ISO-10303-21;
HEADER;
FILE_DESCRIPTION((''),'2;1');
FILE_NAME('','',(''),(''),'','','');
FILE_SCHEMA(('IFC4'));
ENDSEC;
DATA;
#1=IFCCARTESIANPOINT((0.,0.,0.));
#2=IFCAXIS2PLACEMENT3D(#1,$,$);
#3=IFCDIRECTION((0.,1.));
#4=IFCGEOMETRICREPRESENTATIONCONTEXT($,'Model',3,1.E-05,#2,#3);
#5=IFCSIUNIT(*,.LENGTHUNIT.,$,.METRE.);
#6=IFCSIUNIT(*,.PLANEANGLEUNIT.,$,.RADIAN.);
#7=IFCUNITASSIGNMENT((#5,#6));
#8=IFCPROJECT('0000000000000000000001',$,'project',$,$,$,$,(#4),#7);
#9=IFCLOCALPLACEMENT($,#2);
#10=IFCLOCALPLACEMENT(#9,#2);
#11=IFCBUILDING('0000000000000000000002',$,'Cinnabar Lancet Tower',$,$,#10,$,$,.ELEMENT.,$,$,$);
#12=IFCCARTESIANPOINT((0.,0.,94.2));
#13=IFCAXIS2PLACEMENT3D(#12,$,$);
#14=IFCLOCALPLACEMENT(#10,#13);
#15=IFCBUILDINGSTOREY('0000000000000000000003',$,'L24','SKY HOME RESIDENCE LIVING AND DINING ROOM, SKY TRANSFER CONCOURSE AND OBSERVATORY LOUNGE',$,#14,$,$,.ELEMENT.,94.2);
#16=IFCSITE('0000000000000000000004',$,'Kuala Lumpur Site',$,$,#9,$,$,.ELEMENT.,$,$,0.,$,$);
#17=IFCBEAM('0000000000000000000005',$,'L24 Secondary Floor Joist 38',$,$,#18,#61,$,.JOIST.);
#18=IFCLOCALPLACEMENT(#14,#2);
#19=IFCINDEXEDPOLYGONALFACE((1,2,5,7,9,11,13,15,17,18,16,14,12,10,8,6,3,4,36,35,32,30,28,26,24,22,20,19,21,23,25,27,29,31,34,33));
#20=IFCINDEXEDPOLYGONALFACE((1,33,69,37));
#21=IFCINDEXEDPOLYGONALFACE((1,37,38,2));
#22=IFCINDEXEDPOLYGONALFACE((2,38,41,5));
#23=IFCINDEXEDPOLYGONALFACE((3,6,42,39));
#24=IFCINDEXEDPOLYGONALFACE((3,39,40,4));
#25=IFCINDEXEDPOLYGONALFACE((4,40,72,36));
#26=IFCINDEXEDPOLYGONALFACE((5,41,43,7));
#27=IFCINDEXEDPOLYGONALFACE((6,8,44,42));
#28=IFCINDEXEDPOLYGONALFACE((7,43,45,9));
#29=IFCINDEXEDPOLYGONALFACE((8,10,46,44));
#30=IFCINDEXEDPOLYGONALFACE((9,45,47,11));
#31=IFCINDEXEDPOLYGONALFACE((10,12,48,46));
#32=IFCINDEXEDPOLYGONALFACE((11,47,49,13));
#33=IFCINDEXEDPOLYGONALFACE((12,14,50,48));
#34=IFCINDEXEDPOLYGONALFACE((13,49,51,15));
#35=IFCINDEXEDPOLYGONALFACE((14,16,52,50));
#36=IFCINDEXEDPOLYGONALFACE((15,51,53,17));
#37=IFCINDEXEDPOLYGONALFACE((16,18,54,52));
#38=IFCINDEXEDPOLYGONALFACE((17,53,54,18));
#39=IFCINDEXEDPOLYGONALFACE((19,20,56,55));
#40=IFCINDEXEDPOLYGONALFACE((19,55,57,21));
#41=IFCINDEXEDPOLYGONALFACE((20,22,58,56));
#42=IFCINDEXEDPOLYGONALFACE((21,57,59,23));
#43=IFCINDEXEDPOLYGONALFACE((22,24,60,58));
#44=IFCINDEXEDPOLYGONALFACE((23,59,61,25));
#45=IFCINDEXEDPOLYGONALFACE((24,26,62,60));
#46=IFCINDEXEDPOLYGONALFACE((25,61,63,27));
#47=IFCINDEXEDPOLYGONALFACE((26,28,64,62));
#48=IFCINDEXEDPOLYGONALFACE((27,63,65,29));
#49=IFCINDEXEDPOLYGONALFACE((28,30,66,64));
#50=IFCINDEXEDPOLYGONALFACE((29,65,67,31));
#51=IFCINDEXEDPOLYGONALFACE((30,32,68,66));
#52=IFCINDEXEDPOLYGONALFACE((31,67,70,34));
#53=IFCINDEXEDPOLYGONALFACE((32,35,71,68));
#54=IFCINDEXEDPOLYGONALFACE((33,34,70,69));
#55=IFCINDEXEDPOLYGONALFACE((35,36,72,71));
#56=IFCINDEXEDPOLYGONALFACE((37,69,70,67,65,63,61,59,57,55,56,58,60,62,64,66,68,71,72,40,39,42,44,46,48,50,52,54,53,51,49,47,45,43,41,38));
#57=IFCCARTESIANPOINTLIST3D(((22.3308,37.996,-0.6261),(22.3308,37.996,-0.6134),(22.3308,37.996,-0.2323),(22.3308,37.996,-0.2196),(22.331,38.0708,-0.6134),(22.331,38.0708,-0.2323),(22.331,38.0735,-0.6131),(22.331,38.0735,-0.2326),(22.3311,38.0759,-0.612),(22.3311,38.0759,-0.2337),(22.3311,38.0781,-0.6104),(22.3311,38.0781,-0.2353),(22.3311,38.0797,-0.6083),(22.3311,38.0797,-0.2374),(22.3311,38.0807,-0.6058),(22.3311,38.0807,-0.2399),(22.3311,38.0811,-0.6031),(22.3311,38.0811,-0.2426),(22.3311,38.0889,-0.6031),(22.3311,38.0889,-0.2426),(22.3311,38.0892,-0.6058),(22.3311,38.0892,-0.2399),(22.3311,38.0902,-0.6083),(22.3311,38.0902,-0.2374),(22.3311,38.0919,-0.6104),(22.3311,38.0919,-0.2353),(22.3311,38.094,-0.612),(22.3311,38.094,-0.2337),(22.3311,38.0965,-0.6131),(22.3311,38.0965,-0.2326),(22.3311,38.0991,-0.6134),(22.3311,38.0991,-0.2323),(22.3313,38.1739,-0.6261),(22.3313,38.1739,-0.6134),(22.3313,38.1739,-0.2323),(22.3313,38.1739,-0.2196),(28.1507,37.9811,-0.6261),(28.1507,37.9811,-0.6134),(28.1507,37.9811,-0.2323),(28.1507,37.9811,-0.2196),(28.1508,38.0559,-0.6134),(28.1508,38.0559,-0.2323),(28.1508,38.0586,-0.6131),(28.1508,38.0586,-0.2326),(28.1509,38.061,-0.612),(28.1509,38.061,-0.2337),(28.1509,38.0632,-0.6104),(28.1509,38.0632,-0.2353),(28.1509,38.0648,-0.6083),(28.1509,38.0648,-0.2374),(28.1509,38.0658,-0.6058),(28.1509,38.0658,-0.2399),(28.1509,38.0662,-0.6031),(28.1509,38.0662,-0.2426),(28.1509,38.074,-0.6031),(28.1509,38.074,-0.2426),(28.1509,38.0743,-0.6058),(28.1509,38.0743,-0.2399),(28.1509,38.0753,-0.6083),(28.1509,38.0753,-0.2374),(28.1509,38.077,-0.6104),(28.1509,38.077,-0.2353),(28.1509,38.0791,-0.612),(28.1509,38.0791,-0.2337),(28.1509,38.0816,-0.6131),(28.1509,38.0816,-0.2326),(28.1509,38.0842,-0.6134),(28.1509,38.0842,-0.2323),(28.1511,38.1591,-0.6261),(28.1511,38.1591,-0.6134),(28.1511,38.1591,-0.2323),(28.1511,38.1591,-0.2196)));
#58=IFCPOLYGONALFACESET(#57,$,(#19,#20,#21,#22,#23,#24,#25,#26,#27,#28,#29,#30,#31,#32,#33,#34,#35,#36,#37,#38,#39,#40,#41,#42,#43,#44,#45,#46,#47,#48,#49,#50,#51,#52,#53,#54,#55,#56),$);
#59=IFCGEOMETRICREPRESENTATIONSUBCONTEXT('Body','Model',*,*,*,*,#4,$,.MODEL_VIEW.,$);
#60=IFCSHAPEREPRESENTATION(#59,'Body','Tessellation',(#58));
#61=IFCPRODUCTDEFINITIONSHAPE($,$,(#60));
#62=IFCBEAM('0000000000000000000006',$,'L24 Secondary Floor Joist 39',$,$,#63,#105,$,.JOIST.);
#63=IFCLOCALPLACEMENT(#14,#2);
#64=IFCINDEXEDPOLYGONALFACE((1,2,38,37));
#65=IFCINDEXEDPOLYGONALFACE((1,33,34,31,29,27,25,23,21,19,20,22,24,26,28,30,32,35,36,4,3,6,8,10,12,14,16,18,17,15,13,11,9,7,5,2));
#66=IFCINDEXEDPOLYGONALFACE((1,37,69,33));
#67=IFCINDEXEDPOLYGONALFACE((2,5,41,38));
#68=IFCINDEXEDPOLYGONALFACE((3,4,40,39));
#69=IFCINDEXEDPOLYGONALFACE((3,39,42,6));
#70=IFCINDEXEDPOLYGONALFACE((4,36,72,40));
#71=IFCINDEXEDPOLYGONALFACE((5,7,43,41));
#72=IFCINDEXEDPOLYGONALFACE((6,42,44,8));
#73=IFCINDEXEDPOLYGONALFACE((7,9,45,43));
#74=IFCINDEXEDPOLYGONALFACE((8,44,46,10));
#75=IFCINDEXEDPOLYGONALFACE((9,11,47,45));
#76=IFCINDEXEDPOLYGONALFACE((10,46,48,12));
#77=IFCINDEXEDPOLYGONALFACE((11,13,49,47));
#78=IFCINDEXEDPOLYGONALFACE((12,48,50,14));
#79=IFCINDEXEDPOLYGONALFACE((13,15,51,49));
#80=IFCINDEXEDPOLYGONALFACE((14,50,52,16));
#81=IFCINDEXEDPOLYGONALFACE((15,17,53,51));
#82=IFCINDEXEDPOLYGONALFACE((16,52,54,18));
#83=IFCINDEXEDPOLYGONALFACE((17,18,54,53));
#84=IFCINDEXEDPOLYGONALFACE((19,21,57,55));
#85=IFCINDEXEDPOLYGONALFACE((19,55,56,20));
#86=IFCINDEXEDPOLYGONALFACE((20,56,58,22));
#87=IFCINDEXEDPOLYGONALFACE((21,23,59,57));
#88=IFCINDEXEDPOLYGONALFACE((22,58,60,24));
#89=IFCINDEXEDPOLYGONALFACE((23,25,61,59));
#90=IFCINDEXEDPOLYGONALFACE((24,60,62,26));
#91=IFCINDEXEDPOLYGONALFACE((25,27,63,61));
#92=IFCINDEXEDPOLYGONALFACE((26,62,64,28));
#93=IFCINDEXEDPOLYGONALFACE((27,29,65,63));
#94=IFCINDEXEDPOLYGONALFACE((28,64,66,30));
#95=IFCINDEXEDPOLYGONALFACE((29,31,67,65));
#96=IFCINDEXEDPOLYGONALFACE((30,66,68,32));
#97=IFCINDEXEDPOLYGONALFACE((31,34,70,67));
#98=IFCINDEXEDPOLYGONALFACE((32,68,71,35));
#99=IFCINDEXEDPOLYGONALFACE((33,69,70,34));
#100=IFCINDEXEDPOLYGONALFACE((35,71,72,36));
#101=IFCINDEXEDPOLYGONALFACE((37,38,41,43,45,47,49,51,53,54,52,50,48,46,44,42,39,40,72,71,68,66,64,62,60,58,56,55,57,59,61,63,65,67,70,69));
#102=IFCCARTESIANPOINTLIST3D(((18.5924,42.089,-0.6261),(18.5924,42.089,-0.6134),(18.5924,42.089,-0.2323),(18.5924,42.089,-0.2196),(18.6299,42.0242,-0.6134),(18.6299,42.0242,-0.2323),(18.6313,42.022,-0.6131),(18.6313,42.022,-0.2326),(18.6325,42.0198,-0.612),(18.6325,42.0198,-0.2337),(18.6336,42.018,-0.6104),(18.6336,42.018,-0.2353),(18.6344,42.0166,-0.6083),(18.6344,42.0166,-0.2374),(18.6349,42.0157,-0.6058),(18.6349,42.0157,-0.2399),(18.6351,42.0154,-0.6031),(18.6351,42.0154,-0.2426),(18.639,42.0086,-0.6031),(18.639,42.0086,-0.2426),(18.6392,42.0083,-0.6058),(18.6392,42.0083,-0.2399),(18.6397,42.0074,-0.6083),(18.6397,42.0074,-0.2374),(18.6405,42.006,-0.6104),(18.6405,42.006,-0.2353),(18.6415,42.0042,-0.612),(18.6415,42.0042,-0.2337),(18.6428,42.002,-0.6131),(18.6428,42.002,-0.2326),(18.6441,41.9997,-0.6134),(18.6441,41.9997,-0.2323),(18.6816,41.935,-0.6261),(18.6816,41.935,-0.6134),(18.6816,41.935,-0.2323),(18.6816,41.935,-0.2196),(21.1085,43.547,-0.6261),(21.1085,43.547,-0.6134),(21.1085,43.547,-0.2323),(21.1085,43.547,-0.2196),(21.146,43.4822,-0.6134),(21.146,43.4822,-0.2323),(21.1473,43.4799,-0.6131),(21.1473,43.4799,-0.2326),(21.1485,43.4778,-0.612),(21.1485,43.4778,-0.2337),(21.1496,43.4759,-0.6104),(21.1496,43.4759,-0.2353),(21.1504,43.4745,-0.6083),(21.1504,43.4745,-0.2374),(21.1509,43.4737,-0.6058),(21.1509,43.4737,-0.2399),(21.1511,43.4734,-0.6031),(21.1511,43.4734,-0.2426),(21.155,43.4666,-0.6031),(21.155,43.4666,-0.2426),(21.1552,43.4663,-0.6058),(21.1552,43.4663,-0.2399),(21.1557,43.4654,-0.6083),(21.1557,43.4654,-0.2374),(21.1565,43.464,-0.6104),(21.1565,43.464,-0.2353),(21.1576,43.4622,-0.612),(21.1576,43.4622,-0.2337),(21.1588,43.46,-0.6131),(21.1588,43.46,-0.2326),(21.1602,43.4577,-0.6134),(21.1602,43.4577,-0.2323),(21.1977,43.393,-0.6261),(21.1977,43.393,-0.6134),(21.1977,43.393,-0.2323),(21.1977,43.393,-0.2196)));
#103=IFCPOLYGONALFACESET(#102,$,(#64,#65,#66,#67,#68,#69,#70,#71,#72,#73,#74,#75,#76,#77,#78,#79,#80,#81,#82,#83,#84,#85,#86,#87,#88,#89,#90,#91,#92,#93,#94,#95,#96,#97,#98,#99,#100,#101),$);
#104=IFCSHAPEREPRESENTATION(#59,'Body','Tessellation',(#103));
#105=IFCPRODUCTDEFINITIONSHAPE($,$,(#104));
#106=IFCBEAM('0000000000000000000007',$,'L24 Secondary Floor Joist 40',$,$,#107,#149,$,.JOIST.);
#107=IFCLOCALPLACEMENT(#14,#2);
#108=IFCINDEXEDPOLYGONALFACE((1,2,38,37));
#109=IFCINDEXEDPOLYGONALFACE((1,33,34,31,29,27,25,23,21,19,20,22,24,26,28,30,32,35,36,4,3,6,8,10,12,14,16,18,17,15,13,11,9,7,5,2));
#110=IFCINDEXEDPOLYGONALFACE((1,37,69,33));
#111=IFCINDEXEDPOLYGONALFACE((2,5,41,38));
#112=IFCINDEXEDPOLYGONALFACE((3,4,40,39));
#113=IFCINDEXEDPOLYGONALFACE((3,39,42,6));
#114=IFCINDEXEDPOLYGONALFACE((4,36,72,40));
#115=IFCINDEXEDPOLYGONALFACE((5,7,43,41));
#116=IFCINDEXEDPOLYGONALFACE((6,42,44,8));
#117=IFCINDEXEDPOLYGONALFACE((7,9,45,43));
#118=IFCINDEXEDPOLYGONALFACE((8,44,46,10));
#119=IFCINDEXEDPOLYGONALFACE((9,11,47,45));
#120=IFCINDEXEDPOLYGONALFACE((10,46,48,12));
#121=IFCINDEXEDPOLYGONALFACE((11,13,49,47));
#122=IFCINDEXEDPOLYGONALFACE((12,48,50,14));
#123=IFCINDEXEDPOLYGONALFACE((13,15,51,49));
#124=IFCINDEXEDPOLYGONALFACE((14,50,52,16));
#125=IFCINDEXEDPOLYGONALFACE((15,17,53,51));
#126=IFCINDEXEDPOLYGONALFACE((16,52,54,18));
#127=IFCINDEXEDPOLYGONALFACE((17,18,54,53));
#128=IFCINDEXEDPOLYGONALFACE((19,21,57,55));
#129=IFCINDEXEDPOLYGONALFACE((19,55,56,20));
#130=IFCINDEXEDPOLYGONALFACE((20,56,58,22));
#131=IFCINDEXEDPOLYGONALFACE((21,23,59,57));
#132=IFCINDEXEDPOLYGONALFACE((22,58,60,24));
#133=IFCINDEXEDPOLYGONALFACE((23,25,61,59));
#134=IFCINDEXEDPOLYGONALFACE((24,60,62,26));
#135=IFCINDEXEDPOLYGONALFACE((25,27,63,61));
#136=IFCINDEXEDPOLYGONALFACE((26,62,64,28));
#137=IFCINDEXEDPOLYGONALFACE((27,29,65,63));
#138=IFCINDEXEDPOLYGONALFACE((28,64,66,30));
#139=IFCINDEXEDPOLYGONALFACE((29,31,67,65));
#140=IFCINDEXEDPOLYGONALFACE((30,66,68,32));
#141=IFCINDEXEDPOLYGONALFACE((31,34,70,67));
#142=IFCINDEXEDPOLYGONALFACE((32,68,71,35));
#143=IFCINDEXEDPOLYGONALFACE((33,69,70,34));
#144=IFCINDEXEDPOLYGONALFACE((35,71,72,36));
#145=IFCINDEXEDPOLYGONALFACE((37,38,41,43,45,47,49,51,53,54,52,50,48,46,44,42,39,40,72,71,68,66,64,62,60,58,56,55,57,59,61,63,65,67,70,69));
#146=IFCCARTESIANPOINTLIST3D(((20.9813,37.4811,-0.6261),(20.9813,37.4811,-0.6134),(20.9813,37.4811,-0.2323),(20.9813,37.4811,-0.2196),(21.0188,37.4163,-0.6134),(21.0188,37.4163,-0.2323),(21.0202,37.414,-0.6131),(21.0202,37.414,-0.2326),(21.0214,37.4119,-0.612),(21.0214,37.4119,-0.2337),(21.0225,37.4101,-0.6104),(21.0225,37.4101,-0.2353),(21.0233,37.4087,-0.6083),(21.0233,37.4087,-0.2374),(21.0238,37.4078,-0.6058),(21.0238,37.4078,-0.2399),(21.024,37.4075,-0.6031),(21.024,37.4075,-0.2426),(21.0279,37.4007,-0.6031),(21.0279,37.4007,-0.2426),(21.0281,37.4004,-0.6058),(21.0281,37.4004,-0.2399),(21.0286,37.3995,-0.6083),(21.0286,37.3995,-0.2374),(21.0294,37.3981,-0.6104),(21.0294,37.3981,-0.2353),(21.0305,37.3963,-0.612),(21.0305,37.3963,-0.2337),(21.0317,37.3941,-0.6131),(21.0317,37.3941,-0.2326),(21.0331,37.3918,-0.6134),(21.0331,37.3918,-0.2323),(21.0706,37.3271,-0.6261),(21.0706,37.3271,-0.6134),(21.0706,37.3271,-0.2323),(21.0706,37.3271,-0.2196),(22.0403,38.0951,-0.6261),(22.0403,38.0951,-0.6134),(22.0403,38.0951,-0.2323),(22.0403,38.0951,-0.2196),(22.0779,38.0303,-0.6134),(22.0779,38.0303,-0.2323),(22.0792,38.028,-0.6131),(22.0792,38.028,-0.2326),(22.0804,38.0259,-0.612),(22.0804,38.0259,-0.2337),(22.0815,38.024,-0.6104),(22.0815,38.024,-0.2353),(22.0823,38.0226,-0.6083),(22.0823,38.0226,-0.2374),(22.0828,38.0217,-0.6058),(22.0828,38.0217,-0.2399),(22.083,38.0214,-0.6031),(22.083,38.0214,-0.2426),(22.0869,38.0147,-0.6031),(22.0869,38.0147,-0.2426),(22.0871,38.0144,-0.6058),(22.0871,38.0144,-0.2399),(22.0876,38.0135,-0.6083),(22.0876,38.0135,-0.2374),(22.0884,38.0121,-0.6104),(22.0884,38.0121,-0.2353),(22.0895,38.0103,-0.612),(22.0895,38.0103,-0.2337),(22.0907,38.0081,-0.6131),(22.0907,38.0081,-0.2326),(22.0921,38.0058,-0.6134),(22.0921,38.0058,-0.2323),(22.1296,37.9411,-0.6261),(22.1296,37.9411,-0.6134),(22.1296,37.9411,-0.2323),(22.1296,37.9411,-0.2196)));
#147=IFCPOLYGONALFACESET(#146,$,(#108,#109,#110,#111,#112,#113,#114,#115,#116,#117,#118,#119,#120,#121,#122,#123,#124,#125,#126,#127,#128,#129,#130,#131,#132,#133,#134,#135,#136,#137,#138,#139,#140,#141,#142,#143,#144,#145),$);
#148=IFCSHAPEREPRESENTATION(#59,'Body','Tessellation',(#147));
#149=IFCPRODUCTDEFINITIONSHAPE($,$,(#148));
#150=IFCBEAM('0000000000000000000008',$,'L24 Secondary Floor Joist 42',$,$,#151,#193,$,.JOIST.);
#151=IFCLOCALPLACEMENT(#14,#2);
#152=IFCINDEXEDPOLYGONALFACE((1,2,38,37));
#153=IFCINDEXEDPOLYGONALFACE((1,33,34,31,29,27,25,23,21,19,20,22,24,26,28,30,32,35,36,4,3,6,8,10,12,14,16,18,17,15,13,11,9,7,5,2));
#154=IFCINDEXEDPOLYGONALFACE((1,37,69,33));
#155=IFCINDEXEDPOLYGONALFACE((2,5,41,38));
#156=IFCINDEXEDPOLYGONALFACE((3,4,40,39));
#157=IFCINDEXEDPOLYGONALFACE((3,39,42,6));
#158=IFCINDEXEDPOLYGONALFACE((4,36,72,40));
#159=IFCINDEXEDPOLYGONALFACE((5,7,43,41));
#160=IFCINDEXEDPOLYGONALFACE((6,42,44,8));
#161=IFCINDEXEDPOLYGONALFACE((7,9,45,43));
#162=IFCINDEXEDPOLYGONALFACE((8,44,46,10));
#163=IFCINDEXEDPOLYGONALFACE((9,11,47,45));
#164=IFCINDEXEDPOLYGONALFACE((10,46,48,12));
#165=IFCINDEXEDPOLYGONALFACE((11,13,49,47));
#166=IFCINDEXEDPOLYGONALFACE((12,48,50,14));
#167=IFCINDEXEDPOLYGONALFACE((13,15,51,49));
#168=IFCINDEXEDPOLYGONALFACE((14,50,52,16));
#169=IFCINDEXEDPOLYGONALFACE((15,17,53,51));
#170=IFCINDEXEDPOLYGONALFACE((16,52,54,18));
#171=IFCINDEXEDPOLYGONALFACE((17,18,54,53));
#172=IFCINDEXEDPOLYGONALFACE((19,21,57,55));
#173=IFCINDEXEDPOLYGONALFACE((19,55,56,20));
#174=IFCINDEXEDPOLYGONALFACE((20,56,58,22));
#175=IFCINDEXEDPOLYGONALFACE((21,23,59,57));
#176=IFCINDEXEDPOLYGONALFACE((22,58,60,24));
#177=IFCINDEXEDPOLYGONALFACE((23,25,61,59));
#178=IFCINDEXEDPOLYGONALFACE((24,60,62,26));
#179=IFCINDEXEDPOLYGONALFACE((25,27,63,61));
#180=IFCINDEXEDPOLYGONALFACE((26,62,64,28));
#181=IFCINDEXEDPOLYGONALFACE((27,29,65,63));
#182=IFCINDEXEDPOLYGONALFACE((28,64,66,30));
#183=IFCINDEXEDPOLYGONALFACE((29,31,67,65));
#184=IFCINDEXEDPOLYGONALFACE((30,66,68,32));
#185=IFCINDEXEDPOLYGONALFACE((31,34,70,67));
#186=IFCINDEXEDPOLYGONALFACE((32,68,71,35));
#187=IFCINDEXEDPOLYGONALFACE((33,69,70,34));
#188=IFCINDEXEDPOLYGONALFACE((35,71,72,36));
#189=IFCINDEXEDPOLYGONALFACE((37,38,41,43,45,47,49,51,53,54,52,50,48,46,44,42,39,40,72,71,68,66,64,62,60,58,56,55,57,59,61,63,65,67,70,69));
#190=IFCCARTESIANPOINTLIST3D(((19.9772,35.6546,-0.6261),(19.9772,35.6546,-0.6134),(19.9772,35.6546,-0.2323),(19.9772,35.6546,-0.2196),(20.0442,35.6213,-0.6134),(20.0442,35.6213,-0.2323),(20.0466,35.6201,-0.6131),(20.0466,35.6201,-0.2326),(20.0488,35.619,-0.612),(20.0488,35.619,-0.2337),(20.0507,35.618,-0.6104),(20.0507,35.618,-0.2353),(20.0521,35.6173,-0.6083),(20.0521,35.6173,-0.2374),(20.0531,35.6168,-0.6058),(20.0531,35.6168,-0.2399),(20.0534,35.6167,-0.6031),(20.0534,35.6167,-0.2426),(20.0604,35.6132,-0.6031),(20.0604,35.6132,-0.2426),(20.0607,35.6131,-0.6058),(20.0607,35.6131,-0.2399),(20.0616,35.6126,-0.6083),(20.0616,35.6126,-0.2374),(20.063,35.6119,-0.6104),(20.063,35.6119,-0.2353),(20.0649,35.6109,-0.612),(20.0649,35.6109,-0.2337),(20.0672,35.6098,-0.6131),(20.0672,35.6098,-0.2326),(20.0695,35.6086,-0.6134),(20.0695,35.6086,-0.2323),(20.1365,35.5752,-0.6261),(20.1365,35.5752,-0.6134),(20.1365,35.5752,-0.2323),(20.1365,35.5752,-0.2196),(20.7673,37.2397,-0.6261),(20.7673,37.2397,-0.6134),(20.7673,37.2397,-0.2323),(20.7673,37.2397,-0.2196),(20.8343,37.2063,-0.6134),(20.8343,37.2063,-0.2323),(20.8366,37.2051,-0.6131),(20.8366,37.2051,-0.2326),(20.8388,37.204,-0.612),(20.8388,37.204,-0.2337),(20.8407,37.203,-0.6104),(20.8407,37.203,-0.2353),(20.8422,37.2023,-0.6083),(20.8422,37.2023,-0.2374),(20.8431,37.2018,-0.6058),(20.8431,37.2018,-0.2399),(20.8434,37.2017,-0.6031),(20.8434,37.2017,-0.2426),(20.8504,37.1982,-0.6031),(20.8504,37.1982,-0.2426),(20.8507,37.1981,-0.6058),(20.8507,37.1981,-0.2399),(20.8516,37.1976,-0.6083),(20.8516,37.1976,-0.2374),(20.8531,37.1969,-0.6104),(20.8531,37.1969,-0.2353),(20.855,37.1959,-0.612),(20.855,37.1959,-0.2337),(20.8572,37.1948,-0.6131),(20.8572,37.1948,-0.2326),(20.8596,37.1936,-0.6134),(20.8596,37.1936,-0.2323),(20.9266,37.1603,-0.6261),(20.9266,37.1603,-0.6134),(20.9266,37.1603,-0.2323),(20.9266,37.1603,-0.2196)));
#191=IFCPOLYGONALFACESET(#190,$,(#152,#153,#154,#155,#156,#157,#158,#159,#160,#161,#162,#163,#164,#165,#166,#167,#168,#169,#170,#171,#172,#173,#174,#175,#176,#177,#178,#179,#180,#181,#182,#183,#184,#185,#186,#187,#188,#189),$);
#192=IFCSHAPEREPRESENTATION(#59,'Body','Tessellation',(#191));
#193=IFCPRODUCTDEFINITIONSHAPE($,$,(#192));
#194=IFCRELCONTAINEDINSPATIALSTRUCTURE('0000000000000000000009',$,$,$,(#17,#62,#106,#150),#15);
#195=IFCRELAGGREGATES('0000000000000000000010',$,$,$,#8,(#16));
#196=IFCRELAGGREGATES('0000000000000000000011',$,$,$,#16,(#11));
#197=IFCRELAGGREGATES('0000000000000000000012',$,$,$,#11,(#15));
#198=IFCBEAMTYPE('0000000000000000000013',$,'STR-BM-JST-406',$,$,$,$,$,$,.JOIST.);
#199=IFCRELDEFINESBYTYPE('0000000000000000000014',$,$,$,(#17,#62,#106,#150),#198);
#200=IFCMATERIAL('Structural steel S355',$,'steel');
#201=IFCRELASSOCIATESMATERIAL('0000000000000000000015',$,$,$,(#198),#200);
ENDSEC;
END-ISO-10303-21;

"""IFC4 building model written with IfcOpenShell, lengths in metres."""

from ifc_helpers import new_model, si_unit, direction, frame, origin, origin_2d, place, context, subcontext, project, spatial, i_section, extrude, material, material_profile, profile_set, type_object, element, save


model = new_model("IFC4")

# Units and contexts
model_context = context("Model", 3, precision=1e-05, world=origin(), true_north=direction((0.0, 1.0)))
body_context = subcontext(model_context, "Body", "Model", "MODEL_VIEW")
ifc_project = project(units=[si_unit("LENGTHUNIT", "METRE"), si_unit("PLANEANGLEUNIT", "RADIAN")], contexts=[model_context])

# Site, building, storey
site_placement = place(None, origin())
site = spatial("IfcSite", under=ifc_project, at=site_placement, Name="Kuala Lumpur Site", CompositionType="ELEMENT", RefElevation=0.0)
building_placement = place(site_placement, origin())
building = spatial("IfcBuilding", under=site, at=building_placement, Name="Cinnabar Lancet Tower", CompositionType="ELEMENT")
storey_placement = place(building_placement, frame((0.0, 0.0, 94.2)))
storey = spatial("IfcBuildingStorey", under=building, at=storey_placement, Name="L24", Description="SKY HOME RESIDENCE LIVING AND DINING ROOM, SKY TRANSFER CONCOURSE AND OBSERVATORY LOUNGE", CompositionType="ELEMENT", Elevation=94.2)

# Beams
ifc_material_1 = material(Name="Structural steel S355", Category="steel")
ifc_material_profile_1 = material_profile(ifc_material_1, i_section(OverallWidth=0.178, OverallDepth=0.4065, WebThickness=0.0078, FlangeThickness=0.0127, FilletRadius=0.0103, at=origin_2d()), Name="UKB 406x178x60")
ifc_profile_set_1 = profile_set([ifc_material_profile_1], Name="Structural steel S355")
beam_type_1 = type_object("IfcBeamType", Name="STR-BM-JST-406", PredefinedType="JOIST", material=ifc_profile_set_1)
beam_1_placement = place(storey_placement, frame((28.1509, 38.0701, -0.4229), z_axis=(-0.999997, 0.002559, 0.0), x_axis=(-0.002559, -0.999997, 0.0)))
element("IfcBeam", 1, at=beam_1_placement, inside=storey, type_object=beam_type_1, Name="L24 Secondary Floor Joist 38", PredefinedType="JOIST", context=body_context, shape_type="SweptSolid", body=[
    extrude(i_section(OverallWidth=0.178, OverallDepth=0.4065, WebThickness=0.0078, FlangeThickness=0.0127, FilletRadius=0.0103, at=origin_2d()), origin(), (0.0, 0.0, 1.0), 5.8198),
])
beam_2_placement = place(storey_placement, frame((21.1531, 43.47, -0.4229), z_axis=(-0.865231, -0.501374, 0.0), x_axis=(0.501374, -0.865231, 0.0)))
element("IfcBeam", 2, at=beam_2_placement, inside=storey, type_object=beam_type_1, Name="L24 Secondary Floor Joist 39", PredefinedType="JOIST", context=body_context, shape_type="SweptSolid", body=[
    extrude(i_section(OverallWidth=0.178, OverallDepth=0.4065, WebThickness=0.0078, FlangeThickness=0.0127, FilletRadius=0.0103, at=origin_2d()), origin(), (0.0, 0.0, 1.0), 2.908),
])
beam_3_placement = place(storey_placement, frame((22.085, 38.0181, -0.4229), z_axis=(-0.865121, -0.501563, 0.0), x_axis=(0.501563, -0.865121, 0.0)))
element("IfcBeam", 3, at=beam_3_placement, inside=storey, type_object=beam_type_1, Name="L24 Secondary Floor Joist 40", PredefinedType="JOIST", context=body_context, shape_type="SweptSolid", body=[
    extrude(i_section(OverallWidth=0.178, OverallDepth=0.4065, WebThickness=0.0078, FlangeThickness=0.0127, FilletRadius=0.0103, at=origin_2d()), origin(), (0.0, 0.0, 1.0), 1.2241),
])
beam_4_placement = place(storey_placement, frame((20.8469, 37.2, -0.4229), z_axis=(-0.44611, -0.894978, 0.0), x_axis=(0.894978, -0.44611, 0.0)))
element("IfcBeam", 4, at=beam_4_placement, inside=storey, type_object=beam_type_1, Name="L24 Secondary Floor Joist 42", PredefinedType="JOIST", context=body_context, shape_type="SweptSolid", body=[
    extrude(i_section(OverallWidth=0.178, OverallDepth=0.4065, WebThickness=0.0078, FlangeThickness=0.0127, FilletRadius=0.0103, at=origin_2d()), origin(), (0.0, 0.0, 1.0), 1.771),
])

save(model, "model.ifc")
